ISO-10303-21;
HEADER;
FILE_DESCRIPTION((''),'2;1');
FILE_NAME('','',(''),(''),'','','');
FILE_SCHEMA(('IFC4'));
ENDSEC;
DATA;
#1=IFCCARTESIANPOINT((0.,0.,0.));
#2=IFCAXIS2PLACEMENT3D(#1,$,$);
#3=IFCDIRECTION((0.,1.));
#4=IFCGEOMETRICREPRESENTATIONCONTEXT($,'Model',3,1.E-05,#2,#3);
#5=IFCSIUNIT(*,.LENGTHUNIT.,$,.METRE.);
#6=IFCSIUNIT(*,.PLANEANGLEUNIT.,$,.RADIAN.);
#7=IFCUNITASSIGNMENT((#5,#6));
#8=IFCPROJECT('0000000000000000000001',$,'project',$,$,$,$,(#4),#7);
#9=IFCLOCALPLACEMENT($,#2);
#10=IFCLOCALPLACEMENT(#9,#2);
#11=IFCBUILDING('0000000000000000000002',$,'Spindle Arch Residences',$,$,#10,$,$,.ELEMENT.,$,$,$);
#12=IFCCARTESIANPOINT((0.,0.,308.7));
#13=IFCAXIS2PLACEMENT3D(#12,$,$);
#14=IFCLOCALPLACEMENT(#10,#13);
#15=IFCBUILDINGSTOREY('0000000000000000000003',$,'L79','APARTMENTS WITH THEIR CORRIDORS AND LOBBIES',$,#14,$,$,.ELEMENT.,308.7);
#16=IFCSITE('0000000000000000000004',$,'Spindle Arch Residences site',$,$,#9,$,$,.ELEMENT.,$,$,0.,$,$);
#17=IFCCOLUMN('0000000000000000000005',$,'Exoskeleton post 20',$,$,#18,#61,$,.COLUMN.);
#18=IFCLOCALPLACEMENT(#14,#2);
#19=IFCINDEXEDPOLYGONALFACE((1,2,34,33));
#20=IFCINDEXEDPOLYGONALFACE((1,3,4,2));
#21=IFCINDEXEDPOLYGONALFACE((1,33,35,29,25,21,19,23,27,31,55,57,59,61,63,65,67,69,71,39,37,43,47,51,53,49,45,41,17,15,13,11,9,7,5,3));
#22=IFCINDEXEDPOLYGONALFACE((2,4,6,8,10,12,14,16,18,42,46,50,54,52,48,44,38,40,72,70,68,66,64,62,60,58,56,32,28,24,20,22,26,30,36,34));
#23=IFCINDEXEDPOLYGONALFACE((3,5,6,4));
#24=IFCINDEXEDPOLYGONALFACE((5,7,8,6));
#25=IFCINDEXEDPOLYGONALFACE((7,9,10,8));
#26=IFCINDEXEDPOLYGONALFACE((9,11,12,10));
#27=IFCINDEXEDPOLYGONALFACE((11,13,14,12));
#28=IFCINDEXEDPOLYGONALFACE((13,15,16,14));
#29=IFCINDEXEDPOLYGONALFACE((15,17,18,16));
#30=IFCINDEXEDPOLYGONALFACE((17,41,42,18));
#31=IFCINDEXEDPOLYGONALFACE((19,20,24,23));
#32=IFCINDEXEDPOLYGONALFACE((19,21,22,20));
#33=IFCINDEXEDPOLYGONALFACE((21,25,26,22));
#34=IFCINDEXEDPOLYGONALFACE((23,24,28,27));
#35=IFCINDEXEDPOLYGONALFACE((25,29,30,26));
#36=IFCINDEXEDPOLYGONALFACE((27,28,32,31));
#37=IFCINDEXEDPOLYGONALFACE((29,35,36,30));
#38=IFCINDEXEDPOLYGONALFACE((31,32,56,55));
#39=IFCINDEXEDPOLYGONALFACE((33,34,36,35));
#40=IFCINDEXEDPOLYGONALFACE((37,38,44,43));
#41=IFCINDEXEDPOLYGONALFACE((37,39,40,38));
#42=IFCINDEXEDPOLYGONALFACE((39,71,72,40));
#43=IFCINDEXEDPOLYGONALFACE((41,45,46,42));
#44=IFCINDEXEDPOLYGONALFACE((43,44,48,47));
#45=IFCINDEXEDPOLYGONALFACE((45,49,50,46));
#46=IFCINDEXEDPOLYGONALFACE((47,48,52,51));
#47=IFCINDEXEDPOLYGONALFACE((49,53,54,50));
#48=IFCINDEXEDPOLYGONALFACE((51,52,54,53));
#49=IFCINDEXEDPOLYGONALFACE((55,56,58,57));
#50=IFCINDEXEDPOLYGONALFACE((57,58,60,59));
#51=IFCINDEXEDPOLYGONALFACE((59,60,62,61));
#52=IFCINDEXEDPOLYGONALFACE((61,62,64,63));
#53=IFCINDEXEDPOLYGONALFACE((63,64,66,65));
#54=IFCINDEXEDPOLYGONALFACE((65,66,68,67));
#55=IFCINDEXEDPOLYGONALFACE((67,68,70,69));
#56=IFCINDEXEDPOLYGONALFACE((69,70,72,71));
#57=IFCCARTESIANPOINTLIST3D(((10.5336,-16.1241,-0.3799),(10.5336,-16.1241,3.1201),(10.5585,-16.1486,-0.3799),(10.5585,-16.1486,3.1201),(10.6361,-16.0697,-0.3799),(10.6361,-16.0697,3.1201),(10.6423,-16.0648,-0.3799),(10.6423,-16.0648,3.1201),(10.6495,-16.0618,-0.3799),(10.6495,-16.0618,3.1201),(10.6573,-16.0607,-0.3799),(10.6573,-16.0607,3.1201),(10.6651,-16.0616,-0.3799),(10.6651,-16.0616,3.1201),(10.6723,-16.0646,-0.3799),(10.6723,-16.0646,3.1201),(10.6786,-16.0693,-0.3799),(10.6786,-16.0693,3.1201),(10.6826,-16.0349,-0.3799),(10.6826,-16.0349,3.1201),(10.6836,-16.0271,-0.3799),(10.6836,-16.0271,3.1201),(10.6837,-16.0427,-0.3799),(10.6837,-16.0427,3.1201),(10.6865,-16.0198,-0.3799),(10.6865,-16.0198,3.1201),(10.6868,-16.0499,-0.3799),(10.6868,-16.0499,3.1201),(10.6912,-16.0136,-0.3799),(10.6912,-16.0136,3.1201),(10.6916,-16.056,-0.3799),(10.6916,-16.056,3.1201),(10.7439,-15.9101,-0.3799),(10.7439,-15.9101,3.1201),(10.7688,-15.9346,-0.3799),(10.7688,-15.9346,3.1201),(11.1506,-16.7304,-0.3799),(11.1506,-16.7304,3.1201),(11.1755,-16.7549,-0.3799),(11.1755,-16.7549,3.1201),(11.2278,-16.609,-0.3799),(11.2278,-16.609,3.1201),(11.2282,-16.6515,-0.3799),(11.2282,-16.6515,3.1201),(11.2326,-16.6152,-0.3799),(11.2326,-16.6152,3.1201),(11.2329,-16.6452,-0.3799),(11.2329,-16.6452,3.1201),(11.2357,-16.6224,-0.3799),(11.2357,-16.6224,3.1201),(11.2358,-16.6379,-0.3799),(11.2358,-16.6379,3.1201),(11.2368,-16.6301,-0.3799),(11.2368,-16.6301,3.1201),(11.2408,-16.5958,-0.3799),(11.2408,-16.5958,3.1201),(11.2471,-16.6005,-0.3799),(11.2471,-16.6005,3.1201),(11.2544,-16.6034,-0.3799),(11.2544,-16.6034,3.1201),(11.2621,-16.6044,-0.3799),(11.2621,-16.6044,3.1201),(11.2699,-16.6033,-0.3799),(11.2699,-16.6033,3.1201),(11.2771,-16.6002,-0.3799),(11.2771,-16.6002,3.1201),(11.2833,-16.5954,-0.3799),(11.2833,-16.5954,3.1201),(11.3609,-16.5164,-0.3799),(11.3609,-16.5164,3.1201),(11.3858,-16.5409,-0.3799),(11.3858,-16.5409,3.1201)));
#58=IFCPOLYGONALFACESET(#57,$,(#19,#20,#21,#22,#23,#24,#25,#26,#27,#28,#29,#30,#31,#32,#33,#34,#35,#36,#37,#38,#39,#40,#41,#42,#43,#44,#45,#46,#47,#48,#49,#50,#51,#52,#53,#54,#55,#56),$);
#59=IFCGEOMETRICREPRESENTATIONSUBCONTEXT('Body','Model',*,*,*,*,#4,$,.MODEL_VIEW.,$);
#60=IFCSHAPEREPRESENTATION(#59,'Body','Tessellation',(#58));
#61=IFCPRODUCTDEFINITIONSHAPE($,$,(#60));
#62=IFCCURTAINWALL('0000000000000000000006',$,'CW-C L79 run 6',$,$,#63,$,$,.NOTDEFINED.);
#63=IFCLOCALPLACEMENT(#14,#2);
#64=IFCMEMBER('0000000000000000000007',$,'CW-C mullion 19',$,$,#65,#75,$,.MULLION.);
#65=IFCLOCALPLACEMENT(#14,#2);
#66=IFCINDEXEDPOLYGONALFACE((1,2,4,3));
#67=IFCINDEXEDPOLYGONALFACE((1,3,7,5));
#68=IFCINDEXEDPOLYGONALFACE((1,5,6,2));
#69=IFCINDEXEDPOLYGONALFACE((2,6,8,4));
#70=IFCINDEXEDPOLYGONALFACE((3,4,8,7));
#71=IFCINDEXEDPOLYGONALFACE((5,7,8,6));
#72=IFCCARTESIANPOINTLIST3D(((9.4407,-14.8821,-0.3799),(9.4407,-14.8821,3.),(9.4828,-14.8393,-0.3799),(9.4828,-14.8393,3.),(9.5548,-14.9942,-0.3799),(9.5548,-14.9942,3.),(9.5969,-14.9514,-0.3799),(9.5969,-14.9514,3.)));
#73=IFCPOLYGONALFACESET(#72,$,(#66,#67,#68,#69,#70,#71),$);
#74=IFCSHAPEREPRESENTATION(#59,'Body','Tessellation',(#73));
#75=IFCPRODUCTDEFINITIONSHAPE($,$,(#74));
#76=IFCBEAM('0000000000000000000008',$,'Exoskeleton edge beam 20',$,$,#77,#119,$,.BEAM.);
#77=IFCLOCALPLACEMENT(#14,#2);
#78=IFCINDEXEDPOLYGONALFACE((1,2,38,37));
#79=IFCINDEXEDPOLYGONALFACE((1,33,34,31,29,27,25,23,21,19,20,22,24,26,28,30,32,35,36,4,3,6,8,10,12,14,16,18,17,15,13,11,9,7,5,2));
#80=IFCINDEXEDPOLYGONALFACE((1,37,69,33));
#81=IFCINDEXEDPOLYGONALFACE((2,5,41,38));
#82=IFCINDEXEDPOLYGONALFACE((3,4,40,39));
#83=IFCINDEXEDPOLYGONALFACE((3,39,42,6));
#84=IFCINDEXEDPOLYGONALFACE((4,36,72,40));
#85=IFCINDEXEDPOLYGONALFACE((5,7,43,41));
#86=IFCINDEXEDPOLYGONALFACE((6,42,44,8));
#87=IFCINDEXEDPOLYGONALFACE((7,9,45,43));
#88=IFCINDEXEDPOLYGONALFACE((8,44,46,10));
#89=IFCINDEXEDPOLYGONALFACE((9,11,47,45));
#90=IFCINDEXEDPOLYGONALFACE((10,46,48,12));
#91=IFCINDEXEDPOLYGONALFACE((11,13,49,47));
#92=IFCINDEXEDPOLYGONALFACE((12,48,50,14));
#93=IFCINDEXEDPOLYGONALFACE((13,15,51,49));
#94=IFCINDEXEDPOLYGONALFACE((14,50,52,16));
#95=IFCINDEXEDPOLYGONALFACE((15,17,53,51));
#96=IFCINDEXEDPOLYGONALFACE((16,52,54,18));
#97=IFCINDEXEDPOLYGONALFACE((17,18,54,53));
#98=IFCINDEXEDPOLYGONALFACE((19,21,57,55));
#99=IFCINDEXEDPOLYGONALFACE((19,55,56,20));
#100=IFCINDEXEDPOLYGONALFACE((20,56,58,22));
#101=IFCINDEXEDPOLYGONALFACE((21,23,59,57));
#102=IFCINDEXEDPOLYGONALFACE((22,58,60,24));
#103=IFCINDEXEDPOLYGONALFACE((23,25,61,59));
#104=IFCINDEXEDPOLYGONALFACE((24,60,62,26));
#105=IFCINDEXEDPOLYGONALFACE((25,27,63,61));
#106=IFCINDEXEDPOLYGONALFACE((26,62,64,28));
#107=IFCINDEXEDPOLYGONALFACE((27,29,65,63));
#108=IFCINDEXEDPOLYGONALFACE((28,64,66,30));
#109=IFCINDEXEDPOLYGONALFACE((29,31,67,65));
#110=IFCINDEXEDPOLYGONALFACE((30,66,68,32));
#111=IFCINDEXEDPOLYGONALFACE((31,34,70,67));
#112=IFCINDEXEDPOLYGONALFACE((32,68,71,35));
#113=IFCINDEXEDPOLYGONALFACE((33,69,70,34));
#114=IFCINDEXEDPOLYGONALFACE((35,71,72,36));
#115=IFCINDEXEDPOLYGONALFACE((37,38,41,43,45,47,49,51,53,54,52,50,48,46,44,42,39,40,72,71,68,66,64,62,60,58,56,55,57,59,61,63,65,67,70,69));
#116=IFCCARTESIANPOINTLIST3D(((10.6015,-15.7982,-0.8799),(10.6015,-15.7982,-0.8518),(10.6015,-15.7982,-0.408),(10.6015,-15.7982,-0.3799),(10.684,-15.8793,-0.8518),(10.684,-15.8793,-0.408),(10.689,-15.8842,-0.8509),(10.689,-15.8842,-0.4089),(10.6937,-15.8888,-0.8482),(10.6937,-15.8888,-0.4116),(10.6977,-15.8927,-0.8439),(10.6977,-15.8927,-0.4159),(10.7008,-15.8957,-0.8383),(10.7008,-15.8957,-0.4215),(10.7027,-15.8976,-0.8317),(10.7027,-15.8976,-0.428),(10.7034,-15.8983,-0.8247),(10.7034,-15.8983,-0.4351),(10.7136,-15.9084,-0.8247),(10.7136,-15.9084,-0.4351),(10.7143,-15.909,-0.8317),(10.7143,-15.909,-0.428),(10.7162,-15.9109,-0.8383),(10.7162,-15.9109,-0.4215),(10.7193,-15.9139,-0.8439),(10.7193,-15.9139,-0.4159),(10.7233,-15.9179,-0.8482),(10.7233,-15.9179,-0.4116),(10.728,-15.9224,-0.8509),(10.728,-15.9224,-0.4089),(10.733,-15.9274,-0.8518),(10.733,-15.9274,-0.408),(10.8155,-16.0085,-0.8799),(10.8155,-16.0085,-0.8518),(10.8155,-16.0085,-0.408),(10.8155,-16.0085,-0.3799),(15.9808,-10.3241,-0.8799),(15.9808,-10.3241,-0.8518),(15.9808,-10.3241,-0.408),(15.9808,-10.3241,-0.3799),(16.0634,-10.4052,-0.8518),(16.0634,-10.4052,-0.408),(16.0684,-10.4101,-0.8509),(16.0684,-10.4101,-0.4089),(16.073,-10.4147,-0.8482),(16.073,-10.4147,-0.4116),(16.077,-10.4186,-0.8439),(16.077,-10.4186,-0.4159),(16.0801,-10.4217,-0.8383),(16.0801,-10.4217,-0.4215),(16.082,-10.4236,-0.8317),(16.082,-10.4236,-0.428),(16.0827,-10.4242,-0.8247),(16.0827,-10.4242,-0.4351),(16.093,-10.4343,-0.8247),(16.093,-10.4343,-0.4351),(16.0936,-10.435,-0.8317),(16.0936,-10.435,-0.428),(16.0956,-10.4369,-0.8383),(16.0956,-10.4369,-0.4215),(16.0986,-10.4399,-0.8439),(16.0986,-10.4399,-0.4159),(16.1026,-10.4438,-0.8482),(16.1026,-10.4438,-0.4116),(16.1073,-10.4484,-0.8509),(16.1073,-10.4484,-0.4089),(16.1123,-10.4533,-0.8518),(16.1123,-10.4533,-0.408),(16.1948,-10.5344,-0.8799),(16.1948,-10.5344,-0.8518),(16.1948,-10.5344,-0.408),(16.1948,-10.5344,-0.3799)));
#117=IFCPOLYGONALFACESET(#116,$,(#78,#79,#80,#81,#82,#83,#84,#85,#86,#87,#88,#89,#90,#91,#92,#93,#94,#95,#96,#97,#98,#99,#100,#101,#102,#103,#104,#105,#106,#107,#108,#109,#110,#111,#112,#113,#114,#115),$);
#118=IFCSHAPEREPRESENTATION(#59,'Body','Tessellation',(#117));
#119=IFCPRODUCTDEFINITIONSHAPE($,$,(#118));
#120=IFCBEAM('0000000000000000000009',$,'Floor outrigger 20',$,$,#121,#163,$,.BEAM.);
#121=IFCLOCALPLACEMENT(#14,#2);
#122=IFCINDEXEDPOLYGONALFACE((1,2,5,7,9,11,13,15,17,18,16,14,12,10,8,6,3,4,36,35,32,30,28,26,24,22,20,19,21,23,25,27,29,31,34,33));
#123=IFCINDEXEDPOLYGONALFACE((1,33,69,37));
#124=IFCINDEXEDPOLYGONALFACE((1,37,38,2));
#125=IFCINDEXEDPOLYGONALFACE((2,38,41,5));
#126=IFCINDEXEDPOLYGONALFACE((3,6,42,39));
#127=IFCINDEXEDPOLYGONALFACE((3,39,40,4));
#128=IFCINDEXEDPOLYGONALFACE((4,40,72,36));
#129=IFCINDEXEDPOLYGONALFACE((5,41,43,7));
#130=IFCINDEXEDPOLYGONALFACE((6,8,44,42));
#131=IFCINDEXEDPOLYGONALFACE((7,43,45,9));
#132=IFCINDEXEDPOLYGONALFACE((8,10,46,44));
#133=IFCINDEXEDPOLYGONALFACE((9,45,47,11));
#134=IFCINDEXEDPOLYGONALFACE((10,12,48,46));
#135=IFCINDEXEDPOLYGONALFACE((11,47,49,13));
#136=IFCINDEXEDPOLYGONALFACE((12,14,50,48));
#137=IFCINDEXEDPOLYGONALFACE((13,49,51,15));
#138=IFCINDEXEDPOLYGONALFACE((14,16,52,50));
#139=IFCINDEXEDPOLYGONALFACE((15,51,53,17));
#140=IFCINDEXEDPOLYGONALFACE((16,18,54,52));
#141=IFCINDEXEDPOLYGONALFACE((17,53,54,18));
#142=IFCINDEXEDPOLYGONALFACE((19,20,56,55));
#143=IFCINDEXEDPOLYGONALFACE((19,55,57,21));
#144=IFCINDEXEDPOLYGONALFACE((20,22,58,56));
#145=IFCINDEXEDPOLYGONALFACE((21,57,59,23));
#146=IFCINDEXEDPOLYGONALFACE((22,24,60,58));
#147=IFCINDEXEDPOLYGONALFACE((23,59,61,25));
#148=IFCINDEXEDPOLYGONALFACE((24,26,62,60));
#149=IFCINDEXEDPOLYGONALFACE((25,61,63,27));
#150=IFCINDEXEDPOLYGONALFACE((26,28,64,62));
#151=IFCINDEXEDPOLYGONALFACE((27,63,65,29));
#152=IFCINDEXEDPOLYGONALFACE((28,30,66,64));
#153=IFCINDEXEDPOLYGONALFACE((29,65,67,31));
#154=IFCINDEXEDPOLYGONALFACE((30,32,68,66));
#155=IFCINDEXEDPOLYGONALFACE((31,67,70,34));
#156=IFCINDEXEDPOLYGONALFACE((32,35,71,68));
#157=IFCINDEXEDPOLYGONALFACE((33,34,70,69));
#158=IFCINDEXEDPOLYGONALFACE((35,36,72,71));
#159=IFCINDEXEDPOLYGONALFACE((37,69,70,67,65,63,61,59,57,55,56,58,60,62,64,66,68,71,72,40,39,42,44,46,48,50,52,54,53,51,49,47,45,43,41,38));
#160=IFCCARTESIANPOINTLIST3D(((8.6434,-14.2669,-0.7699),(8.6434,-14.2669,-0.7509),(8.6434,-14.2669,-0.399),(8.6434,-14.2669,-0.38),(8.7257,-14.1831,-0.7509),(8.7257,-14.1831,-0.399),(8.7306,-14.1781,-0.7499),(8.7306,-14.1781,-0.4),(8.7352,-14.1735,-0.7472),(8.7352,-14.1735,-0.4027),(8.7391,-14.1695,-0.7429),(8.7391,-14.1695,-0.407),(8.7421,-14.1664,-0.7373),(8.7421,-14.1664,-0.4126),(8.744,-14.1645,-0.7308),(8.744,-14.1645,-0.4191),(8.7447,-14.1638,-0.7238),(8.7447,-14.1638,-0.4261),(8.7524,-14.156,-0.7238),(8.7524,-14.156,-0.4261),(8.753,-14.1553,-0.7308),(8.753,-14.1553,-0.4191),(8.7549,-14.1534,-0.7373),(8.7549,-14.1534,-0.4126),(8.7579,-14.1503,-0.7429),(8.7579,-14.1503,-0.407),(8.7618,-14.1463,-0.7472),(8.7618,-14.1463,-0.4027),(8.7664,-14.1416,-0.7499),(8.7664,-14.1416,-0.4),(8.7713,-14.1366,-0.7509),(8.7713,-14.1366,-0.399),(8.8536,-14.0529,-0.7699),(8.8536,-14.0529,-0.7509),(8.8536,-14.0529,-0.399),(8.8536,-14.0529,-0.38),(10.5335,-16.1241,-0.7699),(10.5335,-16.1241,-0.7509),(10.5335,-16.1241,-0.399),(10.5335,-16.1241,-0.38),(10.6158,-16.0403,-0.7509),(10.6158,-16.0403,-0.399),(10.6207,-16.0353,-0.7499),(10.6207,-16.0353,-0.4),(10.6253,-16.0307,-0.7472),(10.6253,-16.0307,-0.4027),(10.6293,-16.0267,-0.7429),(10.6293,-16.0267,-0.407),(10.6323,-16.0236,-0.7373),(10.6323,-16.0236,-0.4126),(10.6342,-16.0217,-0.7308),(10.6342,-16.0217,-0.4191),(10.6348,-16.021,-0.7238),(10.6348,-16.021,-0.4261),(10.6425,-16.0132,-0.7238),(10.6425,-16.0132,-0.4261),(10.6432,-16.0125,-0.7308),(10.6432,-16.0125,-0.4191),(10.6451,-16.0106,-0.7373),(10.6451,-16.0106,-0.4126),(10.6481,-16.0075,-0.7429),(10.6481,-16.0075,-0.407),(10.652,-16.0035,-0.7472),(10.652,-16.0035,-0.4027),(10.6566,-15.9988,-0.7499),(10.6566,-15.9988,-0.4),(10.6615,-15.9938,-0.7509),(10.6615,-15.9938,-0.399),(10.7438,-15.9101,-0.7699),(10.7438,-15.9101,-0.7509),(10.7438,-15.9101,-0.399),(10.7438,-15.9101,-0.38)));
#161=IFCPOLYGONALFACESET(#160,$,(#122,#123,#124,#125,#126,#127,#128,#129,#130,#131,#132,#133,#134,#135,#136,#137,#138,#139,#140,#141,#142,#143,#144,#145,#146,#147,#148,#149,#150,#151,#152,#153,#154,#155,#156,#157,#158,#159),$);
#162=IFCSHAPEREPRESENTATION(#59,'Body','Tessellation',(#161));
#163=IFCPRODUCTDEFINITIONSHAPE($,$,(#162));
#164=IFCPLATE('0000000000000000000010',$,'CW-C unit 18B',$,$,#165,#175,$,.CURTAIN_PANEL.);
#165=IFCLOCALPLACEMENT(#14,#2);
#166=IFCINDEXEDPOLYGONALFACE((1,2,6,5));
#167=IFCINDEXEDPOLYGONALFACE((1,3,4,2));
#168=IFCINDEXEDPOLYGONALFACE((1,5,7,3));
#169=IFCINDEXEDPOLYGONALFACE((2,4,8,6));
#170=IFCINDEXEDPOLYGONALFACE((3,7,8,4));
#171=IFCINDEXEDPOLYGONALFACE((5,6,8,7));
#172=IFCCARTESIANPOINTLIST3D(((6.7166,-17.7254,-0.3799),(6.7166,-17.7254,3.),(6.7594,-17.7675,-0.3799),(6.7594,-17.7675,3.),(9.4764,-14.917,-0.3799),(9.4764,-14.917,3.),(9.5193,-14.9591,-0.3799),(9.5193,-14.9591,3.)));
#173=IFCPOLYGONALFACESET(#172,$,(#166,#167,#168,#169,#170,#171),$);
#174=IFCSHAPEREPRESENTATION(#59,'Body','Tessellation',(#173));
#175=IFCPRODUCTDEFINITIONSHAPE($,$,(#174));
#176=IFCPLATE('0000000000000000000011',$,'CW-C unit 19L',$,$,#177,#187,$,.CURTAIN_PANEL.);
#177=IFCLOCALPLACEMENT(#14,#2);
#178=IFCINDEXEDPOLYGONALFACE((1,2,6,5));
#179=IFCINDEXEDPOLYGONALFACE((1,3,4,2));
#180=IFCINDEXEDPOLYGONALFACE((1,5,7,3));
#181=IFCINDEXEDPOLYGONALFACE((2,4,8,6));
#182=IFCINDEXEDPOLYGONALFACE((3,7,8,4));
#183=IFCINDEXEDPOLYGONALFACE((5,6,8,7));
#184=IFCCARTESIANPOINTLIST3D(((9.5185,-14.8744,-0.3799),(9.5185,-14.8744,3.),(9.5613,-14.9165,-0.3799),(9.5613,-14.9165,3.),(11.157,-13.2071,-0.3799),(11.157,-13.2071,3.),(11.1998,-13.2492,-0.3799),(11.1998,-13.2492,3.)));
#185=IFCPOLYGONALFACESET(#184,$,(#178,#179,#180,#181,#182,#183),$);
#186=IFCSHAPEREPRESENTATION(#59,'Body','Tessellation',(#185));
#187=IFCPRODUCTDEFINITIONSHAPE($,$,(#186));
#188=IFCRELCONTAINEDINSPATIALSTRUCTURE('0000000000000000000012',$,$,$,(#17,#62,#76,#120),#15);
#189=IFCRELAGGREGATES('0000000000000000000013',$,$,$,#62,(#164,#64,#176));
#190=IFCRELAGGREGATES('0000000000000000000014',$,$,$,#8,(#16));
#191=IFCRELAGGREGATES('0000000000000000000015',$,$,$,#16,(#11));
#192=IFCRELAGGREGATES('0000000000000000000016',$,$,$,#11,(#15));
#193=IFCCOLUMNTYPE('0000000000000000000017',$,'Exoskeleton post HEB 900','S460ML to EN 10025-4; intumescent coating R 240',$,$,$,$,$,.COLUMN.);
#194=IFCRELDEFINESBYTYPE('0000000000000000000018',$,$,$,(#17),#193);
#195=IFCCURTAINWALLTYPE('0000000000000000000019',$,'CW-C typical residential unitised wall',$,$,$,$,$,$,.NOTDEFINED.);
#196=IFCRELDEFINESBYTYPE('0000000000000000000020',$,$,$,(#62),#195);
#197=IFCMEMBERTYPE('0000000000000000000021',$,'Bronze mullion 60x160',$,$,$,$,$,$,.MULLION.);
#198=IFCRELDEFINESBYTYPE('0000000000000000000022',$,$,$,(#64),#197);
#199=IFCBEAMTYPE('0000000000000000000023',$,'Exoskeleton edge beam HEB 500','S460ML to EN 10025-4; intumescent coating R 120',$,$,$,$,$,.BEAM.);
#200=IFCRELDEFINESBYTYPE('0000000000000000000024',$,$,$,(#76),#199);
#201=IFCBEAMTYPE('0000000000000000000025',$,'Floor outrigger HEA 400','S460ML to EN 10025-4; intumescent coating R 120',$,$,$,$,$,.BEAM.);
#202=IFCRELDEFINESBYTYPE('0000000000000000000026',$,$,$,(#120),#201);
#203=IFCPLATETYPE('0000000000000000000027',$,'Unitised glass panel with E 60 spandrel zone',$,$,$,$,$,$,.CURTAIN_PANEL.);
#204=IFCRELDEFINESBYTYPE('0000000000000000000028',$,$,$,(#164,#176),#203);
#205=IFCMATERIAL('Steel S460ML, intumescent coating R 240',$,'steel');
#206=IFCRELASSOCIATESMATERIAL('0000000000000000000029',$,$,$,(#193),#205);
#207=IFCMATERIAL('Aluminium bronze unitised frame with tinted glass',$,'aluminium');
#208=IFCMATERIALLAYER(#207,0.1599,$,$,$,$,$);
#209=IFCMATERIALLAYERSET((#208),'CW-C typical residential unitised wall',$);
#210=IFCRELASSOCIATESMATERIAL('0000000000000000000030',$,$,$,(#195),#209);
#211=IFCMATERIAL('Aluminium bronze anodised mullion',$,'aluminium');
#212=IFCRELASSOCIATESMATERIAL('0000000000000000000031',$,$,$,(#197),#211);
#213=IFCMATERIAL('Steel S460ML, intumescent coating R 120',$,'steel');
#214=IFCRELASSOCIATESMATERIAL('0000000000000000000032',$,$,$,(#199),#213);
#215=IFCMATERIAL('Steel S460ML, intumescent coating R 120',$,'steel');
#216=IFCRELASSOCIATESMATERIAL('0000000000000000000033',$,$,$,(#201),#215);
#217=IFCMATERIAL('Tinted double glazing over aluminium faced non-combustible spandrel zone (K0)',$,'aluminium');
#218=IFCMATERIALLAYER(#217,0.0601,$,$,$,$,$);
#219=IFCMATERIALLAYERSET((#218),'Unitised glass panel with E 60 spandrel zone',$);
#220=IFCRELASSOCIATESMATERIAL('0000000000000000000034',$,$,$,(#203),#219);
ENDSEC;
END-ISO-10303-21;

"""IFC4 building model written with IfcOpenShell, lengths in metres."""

from ifc_helpers import new_model, si_unit, direction, frame, origin, origin_2d, place, context, subcontext, project, spatial, rectangle, i_section, extrude, material, layer, layer_set, material_profile, profile_set, type_object, element, aggregate, save


model = new_model("IFC4")

# Units and contexts
model_context = context("Model", 3, precision=1e-05, world=origin(), true_north=direction((0.0, 1.0)))
body_context = subcontext(model_context, "Body", "Model", "MODEL_VIEW")
ifc_project = project(units=[si_unit("LENGTHUNIT", "METRE"), si_unit("PLANEANGLEUNIT", "RADIAN")], contexts=[model_context])

# Site, building, storey
site_placement = place(None, origin())
site = spatial("IfcSite", under=ifc_project, at=site_placement, Name="Spindle Arch Residences site", CompositionType="ELEMENT", RefElevation=0.0)
building_placement = place(site_placement, origin())
building = spatial("IfcBuilding", under=site, at=building_placement, Name="Spindle Arch Residences", CompositionType="ELEMENT")
storey_placement = place(building_placement, frame((0.0, 0.0, 308.7)))
storey = spatial("IfcBuildingStorey", under=building, at=storey_placement, Name="L79", Description="APARTMENTS WITH THEIR CORRIDORS AND LOBBIES", CompositionType="ELEMENT", Elevation=308.7)

# Column
ifc_material_1 = material(Name="Steel S460ML, intumescent coating R 240", Category="steel")
ifc_material_profile_1 = material_profile(ifc_material_1, i_section(OverallWidth=0.3, OverallDepth=0.8999, WebThickness=0.0186, FlangeThickness=0.0349, FilletRadius=0.03, at=origin_2d()), Name="HEB 900")
ifc_profile_set_1 = profile_set([ifc_material_profile_1], Name="Steel S460ML, intumescent coating R 240")
column_type = type_object("IfcColumnType", Name="Exoskeleton post HEB 900", Description="S460ML to EN 10025-4; intumescent coating R 240", PredefinedType="COLUMN", material=ifc_profile_set_1)
column_placement = place(storey_placement, frame((10.9597, -16.3325, -0.3799), z_axis=(0.0, 0.0, 1.0), x_axis=(-0.700909, -0.71325, 0.0)))
element("IfcColumn", 1, at=column_placement, inside=storey, type_object=column_type, Name="Exoskeleton post 20", PredefinedType="COLUMN", context=body_context, shape_type="SweptSolid", body=[
    extrude(i_section(OverallWidth=0.3, OverallDepth=0.8999, WebThickness=0.0186, FlangeThickness=0.0349, FilletRadius=0.03, at=origin_2d()), origin(), (0.0, 0.0, 1.0), 3.5),
])

# Curtain wall, member
ifc_material_2 = material(Name="Aluminium bronze unitised frame with tinted glass", Category="aluminium")
ifc_layer_1 = layer(ifc_material_2, 0.1599)
ifc_layer_set_1 = layer_set([ifc_layer_1], Name="CW-C typical residential unitised wall")
curtain_wall_type = type_object("IfcCurtainWallType", Name="CW-C typical residential unitised wall", PredefinedType="NOTDEFINED", material=ifc_layer_set_1)
curtain_wall_placement = place(storey_placement, origin())
curtain_wall = element("IfcCurtainWall", 2, at=curtain_wall_placement, inside=storey, type_object=curtain_wall_type, Name="CW-C L79 run 6", PredefinedType="NOTDEFINED")
ifc_material_3 = material(Name="Aluminium bronze anodised mullion", Category="aluminium")
ifc_material_profile_2 = material_profile(ifc_material_3, rectangle(XDim=0.1599, YDim=0.0601, at=origin_2d()), Name="MU 60x160")
ifc_profile_set_2 = profile_set([ifc_material_profile_2], Name="Aluminium bronze anodised mullion")
member_type = type_object("IfcMemberType", Name="Bronze mullion 60x160", PredefinedType="MULLION", material=ifc_profile_set_2)
member_placement = place(storey_placement, frame((9.5188, -14.9167, -0.3799), z_axis=(0.0, 0.0, 1.0), x_axis=(-0.71325, 0.700909, 0.0)))
member = element("IfcMember", 3, at=member_placement, type_object=member_type, Name="CW-C mullion 19", PredefinedType="MULLION", context=body_context, shape_type="SweptSolid", body=[
    extrude(rectangle(XDim=0.1599, YDim=0.0601, at=origin_2d()), origin(), (0.0, 0.0, 1.0), 3.3799),
])

# Beams
ifc_material_4 = material(Name="Steel S460ML, intumescent coating R 120", Category="steel")
ifc_material_profile_3 = material_profile(ifc_material_4, i_section(OverallWidth=0.3, OverallDepth=0.5, WebThickness=0.0144, FlangeThickness=0.0281, FilletRadius=0.0271, at=origin_2d()), Name="HEB 500")
ifc_profile_set_3 = profile_set([ifc_material_profile_3], Name="Steel S460ML, intumescent coating R 120")
beam_type_1 = type_object("IfcBeamType", Name="Exoskeleton edge beam HEB 500", Description="S460ML to EN 10025-4; intumescent coating R 120", PredefinedType="BEAM", material=ifc_profile_set_3)
beam_1_placement = place(storey_placement, frame((10.7085, -15.9033, -0.6299), z_axis=(0.700909, 0.713251, 0.0), x_axis=(-0.713251, 0.700909, 0.0)))
element("IfcBeam", 4, at=beam_1_placement, inside=storey, type_object=beam_type_1, Name="Exoskeleton edge beam 20", PredefinedType="BEAM", context=body_context, shape_type="SweptSolid", body=[
    extrude(i_section(OverallWidth=0.3, OverallDepth=0.5, WebThickness=0.0144, FlangeThickness=0.0281, FilletRadius=0.0271, at=origin_2d()), origin(), (0.0, 0.0, 1.0), 7.6748),
])
ifc_material_5 = material(Name="Steel S460ML, intumescent coating R 120", Category="steel")
ifc_material_profile_4 = material_profile(ifc_material_5, i_section(OverallWidth=0.3, OverallDepth=0.3899, WebThickness=0.011, FlangeThickness=0.019, FilletRadius=0.0271, at=origin_2d()), Name="HEA 400")
ifc_profile_set_4 = profile_set([ifc_material_profile_4], Name="Steel S460ML, intumescent coating R 120")
beam_type_2 = type_object("IfcBeamType", Name="Floor outrigger HEA 400", Description="S460ML to EN 10025-4; intumescent coating R 120", PredefinedType="BEAM", material=ifc_profile_set_4)
beam_2_placement = place(storey_placement, frame((10.6387, -16.0171, -0.575), z_axis=(-0.713298, 0.70086, 0.0), x_axis=(-0.70086, -0.713298, 0.0)))
element("IfcBeam", 5, at=beam_2_placement, inside=storey, type_object=beam_type_2, Name="Floor outrigger 20", PredefinedType="BEAM", context=body_context, shape_type="SweptSolid", body=[
    extrude(i_section(OverallWidth=0.3, OverallDepth=0.3899, WebThickness=0.011, FlangeThickness=0.019, FilletRadius=0.0271, at=origin_2d()), origin(), (0.0, 0.0, 1.0), 2.6499),
])

# Plates
ifc_material_6 = material(Name="Tinted double glazing over aluminium faced non-combustible spandrel zone (K0)", Category="aluminium")
ifc_layer_2 = layer(ifc_material_6, 0.0601)
ifc_layer_set_2 = layer_set([ifc_layer_2], Name="Unitised glass panel with E 60 spandrel zone")
plate_type = type_object("IfcPlateType", Name="Unitised glass panel with E 60 spandrel zone", PredefinedType="CURTAIN_PANEL", material=ifc_layer_set_2)
plate_1_placement = place(storey_placement, frame((8.1179, -16.3423, -0.3799), z_axis=(0.0, 0.0, 1.0), x_axis=(0.700909, 0.71325, 0.0)))
plate_1 = element("IfcPlate", 6, at=plate_1_placement, type_object=plate_type, Name="CW-C unit 18B", PredefinedType="CURTAIN_PANEL", context=body_context, shape_type="SweptSolid", body=[
    extrude(rectangle(XDim=3.9375, YDim=0.0601, at=origin_2d()), origin(), (0.0, 0.0, 1.0), 3.3799),
])
plate_2_placement = place(storey_placement, frame((10.3591, -14.0618, -0.3799), z_axis=(0.0, 0.0, 1.0), x_axis=(0.700909, 0.71325, 0.0)))
plate_2 = element("IfcPlate", 7, at=plate_2_placement, type_object=plate_type, Name="CW-C unit 19L", PredefinedType="CURTAIN_PANEL", context=body_context, shape_type="SweptSolid", body=[
    extrude(rectangle(XDim=2.3376, YDim=0.0601, at=origin_2d()), origin(), (0.0, 0.0, 1.0), 3.3799),
])
aggregate(curtain_wall, [plate_1, member, plate_2])

save(model, "model.ifc")
